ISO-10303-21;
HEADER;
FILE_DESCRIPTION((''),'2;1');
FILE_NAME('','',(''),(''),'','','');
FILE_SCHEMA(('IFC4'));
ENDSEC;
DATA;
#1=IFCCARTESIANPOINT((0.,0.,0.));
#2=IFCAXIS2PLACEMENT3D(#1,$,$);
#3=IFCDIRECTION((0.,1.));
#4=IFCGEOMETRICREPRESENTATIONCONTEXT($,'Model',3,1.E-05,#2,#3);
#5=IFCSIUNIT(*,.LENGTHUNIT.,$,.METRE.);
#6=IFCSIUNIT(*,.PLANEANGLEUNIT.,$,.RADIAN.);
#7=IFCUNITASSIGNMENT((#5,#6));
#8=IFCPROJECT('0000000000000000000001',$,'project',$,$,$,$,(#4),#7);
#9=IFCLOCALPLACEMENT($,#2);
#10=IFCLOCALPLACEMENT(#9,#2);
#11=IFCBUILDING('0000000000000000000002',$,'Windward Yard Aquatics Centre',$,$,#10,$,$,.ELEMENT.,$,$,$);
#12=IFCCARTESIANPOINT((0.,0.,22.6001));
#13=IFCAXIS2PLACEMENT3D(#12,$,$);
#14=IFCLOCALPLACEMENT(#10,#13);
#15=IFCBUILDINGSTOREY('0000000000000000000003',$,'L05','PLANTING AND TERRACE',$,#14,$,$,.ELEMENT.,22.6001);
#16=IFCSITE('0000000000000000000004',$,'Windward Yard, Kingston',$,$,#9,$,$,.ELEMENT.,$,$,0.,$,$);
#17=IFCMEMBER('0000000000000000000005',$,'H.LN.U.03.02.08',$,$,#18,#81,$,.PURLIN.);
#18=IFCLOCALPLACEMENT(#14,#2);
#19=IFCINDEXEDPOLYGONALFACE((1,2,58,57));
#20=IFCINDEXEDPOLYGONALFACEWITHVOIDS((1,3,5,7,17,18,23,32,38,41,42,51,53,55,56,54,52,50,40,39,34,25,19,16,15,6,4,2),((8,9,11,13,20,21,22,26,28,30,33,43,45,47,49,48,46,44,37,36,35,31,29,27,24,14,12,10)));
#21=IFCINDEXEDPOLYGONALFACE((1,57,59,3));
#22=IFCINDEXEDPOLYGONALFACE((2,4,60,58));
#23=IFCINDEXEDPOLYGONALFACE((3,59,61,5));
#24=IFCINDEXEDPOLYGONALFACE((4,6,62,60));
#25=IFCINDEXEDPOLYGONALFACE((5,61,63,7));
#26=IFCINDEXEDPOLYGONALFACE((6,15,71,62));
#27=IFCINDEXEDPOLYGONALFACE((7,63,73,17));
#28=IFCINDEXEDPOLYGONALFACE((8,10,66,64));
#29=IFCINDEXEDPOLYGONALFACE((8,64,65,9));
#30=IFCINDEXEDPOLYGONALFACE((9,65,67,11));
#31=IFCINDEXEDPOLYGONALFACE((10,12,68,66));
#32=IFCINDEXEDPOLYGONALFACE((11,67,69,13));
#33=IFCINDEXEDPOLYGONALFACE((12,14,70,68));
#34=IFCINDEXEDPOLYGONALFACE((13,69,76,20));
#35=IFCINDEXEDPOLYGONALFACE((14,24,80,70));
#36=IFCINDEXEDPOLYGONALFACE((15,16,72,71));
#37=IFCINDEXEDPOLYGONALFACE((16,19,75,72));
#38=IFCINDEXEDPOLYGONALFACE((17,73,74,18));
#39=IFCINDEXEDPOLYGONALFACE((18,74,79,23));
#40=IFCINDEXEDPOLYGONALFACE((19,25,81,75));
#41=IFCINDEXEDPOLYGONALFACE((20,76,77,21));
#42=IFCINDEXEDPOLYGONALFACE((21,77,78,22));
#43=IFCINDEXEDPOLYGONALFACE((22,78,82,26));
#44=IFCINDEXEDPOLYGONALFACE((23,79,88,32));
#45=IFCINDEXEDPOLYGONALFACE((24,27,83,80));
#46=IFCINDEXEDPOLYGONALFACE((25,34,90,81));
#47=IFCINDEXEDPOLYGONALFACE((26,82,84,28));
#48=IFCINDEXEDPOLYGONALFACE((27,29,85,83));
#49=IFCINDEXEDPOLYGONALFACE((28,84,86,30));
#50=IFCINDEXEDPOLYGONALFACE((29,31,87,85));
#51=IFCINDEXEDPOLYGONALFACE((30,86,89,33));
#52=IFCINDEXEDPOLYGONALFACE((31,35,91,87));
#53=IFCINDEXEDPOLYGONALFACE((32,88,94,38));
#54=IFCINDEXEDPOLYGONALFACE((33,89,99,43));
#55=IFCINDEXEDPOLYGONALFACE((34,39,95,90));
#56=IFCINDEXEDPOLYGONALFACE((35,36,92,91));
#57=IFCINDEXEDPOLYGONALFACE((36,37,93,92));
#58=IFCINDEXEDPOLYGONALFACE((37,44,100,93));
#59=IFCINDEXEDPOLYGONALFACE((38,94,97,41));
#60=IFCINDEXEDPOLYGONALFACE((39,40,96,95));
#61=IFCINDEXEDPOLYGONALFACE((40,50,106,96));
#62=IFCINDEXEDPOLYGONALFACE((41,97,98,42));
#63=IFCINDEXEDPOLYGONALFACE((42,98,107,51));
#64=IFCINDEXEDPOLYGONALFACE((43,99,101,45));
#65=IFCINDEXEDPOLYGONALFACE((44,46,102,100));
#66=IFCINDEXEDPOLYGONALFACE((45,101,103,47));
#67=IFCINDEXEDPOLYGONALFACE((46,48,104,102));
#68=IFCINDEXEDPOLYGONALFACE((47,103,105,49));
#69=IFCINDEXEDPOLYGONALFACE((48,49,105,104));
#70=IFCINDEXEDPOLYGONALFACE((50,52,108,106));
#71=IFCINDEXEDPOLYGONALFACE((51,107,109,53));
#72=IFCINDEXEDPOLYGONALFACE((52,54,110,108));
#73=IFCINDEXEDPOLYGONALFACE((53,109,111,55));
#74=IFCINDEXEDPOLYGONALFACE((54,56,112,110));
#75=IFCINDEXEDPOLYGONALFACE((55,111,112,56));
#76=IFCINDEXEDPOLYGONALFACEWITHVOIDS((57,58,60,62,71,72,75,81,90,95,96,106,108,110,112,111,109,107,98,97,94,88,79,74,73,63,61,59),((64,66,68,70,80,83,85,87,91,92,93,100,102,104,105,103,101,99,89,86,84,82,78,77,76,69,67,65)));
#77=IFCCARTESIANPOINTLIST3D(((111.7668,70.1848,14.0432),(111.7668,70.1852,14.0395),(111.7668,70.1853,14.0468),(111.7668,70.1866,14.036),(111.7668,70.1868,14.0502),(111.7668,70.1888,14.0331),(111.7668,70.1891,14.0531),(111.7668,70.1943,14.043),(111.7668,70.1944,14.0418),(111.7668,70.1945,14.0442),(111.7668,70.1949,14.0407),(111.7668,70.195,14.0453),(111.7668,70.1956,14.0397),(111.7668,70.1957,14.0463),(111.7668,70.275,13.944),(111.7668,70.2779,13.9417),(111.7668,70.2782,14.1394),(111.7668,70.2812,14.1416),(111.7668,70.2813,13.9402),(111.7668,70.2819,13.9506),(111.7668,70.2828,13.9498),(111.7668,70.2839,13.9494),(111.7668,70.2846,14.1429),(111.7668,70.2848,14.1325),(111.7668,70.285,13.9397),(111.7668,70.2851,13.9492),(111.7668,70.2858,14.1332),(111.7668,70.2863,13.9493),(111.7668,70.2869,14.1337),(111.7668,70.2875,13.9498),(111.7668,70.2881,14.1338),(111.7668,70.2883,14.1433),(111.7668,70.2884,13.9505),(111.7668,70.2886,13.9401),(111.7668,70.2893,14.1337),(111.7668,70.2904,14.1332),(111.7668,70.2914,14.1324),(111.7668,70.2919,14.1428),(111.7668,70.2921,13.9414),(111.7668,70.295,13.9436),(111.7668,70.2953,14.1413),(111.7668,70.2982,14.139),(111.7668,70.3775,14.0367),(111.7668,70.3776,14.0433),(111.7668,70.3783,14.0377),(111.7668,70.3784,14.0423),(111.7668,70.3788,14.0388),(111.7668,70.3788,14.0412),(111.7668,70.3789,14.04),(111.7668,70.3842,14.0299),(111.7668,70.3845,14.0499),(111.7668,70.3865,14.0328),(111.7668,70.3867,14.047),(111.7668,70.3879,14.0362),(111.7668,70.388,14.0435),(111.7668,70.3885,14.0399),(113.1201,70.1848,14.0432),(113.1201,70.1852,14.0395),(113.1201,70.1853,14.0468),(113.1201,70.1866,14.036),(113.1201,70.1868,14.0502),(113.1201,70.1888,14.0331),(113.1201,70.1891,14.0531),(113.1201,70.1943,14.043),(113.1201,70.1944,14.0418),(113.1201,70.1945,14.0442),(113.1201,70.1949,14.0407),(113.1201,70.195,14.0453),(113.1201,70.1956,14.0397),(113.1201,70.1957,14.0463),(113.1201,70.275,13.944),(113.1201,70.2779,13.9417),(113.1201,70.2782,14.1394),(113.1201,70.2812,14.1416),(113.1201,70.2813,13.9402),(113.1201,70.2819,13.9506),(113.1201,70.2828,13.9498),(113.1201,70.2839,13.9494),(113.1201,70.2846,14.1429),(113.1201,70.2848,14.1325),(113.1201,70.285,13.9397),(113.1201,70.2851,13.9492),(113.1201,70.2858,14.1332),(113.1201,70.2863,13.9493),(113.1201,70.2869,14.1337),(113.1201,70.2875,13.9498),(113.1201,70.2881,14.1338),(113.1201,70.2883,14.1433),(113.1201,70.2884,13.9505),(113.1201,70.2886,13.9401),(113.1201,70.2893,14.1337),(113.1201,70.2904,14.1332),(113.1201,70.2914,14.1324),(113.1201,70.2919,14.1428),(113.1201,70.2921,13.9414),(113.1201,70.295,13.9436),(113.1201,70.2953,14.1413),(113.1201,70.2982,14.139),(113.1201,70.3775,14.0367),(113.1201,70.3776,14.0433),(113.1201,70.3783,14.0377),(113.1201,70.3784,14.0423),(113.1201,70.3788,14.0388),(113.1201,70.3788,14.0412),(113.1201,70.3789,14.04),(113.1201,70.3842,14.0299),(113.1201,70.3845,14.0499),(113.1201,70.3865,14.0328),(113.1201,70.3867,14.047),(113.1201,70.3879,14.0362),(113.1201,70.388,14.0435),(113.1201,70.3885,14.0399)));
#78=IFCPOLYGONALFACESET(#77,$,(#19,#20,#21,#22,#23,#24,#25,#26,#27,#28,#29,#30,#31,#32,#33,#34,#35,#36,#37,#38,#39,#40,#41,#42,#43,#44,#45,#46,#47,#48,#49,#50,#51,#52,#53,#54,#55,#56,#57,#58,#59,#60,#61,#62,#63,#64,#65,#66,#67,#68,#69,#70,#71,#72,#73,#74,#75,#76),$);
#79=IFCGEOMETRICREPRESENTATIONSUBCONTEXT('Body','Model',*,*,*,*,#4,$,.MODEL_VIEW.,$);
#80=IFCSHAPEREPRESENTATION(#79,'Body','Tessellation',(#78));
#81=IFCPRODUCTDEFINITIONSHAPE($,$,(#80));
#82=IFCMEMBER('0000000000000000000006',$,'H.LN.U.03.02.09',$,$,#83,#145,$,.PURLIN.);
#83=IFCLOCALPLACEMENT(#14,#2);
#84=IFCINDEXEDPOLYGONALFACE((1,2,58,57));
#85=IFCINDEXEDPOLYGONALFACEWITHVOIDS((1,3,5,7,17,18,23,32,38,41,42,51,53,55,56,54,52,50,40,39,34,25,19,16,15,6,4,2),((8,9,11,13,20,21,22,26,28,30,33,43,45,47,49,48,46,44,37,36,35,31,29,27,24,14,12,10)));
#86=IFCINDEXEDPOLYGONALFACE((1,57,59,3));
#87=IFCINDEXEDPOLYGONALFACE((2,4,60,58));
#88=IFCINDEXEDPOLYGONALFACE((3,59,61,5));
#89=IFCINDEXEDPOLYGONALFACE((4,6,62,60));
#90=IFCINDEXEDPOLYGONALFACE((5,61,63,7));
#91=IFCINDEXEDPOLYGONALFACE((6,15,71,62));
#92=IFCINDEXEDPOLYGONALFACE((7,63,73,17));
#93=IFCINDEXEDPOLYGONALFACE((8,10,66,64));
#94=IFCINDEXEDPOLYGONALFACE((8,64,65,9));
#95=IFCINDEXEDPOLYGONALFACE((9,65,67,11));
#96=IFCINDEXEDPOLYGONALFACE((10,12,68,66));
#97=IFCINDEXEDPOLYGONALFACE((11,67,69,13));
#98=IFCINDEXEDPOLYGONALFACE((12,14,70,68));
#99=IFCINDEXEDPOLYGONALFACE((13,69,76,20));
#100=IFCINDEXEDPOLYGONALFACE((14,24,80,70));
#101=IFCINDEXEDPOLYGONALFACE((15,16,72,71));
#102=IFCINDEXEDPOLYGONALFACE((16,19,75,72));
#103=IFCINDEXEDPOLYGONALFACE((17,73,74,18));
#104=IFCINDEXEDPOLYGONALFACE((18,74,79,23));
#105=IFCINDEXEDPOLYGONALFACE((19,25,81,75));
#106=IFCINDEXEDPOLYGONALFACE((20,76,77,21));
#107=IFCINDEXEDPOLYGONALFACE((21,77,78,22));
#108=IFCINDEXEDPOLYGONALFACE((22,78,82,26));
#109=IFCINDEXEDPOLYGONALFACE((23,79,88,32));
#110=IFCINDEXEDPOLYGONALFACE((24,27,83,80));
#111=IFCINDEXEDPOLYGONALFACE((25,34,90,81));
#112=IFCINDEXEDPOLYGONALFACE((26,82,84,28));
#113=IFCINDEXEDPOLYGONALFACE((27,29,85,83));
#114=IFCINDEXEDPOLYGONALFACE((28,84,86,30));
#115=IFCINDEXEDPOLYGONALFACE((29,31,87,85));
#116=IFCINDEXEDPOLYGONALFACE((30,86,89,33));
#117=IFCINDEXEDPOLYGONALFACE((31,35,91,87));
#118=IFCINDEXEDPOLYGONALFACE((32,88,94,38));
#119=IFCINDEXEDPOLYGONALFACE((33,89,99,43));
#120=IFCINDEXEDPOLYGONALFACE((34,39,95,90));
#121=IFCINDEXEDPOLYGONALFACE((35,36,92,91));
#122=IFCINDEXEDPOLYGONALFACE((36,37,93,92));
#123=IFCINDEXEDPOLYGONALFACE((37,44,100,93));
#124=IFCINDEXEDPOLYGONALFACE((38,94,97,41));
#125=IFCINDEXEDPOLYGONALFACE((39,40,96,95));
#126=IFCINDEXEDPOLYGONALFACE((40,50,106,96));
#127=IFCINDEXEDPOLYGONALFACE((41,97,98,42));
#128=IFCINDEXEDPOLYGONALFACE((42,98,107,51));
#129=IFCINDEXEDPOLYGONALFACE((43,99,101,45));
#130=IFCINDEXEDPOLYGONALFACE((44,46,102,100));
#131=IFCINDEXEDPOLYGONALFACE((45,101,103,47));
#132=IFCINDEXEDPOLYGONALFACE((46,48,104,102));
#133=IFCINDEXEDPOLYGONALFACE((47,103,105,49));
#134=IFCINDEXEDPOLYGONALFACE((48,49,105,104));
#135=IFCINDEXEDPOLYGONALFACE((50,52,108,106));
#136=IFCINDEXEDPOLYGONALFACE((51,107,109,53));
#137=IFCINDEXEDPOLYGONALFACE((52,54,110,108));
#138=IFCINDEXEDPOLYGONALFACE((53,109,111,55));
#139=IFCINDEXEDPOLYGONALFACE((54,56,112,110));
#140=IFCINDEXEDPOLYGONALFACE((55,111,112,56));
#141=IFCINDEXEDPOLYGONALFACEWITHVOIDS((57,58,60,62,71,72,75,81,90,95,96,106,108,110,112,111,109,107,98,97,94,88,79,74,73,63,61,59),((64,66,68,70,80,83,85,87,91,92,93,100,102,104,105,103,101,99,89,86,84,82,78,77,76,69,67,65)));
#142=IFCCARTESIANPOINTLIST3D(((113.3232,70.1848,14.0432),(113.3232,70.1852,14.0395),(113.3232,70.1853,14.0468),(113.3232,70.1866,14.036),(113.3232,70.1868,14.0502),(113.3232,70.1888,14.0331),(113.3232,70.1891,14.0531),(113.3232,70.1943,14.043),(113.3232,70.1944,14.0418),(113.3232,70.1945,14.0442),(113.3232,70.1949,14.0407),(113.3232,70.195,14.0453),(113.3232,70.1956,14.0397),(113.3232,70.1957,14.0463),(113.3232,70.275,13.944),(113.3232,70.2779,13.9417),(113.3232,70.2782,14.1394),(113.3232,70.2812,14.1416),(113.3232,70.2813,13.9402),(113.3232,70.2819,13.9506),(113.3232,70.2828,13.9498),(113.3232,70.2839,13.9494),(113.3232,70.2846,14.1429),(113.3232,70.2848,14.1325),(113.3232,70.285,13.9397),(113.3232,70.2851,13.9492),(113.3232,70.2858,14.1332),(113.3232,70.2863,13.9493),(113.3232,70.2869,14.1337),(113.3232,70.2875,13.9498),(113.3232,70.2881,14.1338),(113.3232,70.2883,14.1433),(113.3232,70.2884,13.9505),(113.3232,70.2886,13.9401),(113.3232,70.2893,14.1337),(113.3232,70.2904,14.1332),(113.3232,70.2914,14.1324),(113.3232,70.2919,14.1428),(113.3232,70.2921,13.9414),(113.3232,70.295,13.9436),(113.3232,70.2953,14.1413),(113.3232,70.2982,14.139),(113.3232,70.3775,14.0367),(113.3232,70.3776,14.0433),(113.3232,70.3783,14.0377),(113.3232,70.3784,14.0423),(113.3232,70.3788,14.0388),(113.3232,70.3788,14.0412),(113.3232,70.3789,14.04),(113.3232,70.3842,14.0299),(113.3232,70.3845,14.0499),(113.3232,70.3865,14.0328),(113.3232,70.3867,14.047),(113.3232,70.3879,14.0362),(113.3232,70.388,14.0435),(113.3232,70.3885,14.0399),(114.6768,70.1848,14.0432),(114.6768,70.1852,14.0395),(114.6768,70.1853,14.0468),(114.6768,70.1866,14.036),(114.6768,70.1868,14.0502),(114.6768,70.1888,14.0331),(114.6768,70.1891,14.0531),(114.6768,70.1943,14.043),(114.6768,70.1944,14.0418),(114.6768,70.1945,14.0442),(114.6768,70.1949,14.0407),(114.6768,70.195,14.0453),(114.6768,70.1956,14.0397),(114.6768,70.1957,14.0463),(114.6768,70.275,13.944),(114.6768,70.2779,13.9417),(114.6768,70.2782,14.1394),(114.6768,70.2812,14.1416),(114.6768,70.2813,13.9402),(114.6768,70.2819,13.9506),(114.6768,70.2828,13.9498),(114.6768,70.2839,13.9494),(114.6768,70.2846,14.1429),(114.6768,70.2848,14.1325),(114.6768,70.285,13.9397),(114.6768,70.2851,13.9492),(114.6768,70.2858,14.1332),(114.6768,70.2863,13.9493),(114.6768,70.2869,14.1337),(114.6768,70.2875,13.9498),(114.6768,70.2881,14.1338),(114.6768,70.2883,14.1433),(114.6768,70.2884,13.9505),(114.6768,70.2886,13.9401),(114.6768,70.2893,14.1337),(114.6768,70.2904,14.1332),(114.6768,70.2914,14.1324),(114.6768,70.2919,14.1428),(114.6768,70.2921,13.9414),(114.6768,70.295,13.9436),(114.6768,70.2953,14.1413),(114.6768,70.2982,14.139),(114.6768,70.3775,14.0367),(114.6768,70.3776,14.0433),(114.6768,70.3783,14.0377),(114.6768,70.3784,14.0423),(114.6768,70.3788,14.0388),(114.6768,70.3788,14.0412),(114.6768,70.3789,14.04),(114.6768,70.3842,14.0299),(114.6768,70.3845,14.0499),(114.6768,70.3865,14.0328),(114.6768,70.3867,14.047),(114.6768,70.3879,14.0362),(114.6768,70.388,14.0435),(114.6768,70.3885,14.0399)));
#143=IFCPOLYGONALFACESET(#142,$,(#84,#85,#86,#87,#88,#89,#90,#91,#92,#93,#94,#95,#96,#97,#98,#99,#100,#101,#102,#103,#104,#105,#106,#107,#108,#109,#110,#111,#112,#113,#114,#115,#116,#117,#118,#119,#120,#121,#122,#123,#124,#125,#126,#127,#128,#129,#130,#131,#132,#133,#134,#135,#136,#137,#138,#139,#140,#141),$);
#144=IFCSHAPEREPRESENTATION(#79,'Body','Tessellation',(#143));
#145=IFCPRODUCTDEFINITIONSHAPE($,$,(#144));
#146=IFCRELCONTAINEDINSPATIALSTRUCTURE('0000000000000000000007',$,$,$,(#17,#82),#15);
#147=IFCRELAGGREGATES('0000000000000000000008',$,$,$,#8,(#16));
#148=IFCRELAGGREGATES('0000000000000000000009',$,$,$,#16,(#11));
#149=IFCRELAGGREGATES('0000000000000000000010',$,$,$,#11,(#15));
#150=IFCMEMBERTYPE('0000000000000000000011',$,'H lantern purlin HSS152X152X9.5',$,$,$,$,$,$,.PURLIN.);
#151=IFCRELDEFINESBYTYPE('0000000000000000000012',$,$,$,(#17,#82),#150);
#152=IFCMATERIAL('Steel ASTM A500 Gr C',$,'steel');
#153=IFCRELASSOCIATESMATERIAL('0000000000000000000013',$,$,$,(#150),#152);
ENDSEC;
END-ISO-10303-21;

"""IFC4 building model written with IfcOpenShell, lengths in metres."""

from ifc_helpers import new_model, si_unit, direction, frame, origin, origin_2d, place, context, subcontext, project, spatial, hollow_rectangle, extrude, material, material_profile, profile_set, type_object, element, save


model = new_model("IFC4")

# Units and contexts
model_context = context("Model", 3, precision=1e-05, world=origin(), true_north=direction((0.0, 1.0)))
body_context = subcontext(model_context, "Body", "Model", "MODEL_VIEW")
ifc_project = project(units=[si_unit("LENGTHUNIT", "METRE"), si_unit("PLANEANGLEUNIT", "RADIAN")], contexts=[model_context])

# Site, building, storey
site_placement = place(None, origin())
site = spatial("IfcSite", under=ifc_project, at=site_placement, Name="Windward Yard, Kingston", CompositionType="ELEMENT", RefElevation=0.0)
building_placement = place(site_placement, origin())
building = spatial("IfcBuilding", under=site, at=building_placement, Name="Windward Yard Aquatics Centre", CompositionType="ELEMENT")
storey_placement = place(building_placement, frame((0.0, 0.0, 22.6001)))
storey = spatial("IfcBuildingStorey", under=building, at=storey_placement, Name="L05", Description="PLANTING AND TERRACE", CompositionType="ELEMENT", Elevation=22.6001)

# Members
ifc_material_1 = material(Name="Steel ASTM A500 Gr C", Category="steel")
ifc_material_profile_1 = material_profile(ifc_material_1, hollow_rectangle(XDim=0.1523, YDim=0.1523, WallThickness=0.0095, InnerFilletRadius=0.0046, OuterFilletRadius=0.0142, at=origin_2d()), Name="HSS152X152X9.5")
ifc_profile_set_1 = profile_set([ifc_material_profile_1], Name="Steel ASTM A500 Gr C")
member_type_1 = type_object("IfcMemberType", Name="H lantern purlin HSS152X152X9.5", PredefinedType="PURLIN", material=ifc_profile_set_1)
member_1_placement = place(storey_placement, frame((111.7668, 70.2866, 14.0415), z_axis=(1.0, 0.0, 0.0), x_axis=(0.0, 0.69555, -0.718477)))
element("IfcMember", 1, at=member_1_placement, inside=storey, type_object=member_type_1, Name="H.LN.U.03.02.08", PredefinedType="PURLIN", context=body_context, shape_type="SweptSolid", body=[
    extrude(hollow_rectangle(XDim=0.1523, YDim=0.1523, WallThickness=0.0095, InnerFilletRadius=0.0046, OuterFilletRadius=0.0142, at=origin_2d()), origin(), (0.0, 0.0, 1.0), 1.3533),
])
member_2_placement = place(storey_placement, frame((113.3232, 70.2866, 14.0415), z_axis=(1.0, 0.0, 0.0), x_axis=(0.0, 0.69555, -0.718477)))
element("IfcMember", 2, at=member_2_placement, inside=storey, type_object=member_type_1, Name="H.LN.U.03.02.09", PredefinedType="PURLIN", context=body_context, shape_type="SweptSolid", body=[
    extrude(hollow_rectangle(XDim=0.1523, YDim=0.1523, WallThickness=0.0095, InnerFilletRadius=0.0046, OuterFilletRadius=0.0142, at=origin_2d()), origin(), (0.0, 0.0, 1.0), 1.3535),
])

save(model, "model.ifc")
